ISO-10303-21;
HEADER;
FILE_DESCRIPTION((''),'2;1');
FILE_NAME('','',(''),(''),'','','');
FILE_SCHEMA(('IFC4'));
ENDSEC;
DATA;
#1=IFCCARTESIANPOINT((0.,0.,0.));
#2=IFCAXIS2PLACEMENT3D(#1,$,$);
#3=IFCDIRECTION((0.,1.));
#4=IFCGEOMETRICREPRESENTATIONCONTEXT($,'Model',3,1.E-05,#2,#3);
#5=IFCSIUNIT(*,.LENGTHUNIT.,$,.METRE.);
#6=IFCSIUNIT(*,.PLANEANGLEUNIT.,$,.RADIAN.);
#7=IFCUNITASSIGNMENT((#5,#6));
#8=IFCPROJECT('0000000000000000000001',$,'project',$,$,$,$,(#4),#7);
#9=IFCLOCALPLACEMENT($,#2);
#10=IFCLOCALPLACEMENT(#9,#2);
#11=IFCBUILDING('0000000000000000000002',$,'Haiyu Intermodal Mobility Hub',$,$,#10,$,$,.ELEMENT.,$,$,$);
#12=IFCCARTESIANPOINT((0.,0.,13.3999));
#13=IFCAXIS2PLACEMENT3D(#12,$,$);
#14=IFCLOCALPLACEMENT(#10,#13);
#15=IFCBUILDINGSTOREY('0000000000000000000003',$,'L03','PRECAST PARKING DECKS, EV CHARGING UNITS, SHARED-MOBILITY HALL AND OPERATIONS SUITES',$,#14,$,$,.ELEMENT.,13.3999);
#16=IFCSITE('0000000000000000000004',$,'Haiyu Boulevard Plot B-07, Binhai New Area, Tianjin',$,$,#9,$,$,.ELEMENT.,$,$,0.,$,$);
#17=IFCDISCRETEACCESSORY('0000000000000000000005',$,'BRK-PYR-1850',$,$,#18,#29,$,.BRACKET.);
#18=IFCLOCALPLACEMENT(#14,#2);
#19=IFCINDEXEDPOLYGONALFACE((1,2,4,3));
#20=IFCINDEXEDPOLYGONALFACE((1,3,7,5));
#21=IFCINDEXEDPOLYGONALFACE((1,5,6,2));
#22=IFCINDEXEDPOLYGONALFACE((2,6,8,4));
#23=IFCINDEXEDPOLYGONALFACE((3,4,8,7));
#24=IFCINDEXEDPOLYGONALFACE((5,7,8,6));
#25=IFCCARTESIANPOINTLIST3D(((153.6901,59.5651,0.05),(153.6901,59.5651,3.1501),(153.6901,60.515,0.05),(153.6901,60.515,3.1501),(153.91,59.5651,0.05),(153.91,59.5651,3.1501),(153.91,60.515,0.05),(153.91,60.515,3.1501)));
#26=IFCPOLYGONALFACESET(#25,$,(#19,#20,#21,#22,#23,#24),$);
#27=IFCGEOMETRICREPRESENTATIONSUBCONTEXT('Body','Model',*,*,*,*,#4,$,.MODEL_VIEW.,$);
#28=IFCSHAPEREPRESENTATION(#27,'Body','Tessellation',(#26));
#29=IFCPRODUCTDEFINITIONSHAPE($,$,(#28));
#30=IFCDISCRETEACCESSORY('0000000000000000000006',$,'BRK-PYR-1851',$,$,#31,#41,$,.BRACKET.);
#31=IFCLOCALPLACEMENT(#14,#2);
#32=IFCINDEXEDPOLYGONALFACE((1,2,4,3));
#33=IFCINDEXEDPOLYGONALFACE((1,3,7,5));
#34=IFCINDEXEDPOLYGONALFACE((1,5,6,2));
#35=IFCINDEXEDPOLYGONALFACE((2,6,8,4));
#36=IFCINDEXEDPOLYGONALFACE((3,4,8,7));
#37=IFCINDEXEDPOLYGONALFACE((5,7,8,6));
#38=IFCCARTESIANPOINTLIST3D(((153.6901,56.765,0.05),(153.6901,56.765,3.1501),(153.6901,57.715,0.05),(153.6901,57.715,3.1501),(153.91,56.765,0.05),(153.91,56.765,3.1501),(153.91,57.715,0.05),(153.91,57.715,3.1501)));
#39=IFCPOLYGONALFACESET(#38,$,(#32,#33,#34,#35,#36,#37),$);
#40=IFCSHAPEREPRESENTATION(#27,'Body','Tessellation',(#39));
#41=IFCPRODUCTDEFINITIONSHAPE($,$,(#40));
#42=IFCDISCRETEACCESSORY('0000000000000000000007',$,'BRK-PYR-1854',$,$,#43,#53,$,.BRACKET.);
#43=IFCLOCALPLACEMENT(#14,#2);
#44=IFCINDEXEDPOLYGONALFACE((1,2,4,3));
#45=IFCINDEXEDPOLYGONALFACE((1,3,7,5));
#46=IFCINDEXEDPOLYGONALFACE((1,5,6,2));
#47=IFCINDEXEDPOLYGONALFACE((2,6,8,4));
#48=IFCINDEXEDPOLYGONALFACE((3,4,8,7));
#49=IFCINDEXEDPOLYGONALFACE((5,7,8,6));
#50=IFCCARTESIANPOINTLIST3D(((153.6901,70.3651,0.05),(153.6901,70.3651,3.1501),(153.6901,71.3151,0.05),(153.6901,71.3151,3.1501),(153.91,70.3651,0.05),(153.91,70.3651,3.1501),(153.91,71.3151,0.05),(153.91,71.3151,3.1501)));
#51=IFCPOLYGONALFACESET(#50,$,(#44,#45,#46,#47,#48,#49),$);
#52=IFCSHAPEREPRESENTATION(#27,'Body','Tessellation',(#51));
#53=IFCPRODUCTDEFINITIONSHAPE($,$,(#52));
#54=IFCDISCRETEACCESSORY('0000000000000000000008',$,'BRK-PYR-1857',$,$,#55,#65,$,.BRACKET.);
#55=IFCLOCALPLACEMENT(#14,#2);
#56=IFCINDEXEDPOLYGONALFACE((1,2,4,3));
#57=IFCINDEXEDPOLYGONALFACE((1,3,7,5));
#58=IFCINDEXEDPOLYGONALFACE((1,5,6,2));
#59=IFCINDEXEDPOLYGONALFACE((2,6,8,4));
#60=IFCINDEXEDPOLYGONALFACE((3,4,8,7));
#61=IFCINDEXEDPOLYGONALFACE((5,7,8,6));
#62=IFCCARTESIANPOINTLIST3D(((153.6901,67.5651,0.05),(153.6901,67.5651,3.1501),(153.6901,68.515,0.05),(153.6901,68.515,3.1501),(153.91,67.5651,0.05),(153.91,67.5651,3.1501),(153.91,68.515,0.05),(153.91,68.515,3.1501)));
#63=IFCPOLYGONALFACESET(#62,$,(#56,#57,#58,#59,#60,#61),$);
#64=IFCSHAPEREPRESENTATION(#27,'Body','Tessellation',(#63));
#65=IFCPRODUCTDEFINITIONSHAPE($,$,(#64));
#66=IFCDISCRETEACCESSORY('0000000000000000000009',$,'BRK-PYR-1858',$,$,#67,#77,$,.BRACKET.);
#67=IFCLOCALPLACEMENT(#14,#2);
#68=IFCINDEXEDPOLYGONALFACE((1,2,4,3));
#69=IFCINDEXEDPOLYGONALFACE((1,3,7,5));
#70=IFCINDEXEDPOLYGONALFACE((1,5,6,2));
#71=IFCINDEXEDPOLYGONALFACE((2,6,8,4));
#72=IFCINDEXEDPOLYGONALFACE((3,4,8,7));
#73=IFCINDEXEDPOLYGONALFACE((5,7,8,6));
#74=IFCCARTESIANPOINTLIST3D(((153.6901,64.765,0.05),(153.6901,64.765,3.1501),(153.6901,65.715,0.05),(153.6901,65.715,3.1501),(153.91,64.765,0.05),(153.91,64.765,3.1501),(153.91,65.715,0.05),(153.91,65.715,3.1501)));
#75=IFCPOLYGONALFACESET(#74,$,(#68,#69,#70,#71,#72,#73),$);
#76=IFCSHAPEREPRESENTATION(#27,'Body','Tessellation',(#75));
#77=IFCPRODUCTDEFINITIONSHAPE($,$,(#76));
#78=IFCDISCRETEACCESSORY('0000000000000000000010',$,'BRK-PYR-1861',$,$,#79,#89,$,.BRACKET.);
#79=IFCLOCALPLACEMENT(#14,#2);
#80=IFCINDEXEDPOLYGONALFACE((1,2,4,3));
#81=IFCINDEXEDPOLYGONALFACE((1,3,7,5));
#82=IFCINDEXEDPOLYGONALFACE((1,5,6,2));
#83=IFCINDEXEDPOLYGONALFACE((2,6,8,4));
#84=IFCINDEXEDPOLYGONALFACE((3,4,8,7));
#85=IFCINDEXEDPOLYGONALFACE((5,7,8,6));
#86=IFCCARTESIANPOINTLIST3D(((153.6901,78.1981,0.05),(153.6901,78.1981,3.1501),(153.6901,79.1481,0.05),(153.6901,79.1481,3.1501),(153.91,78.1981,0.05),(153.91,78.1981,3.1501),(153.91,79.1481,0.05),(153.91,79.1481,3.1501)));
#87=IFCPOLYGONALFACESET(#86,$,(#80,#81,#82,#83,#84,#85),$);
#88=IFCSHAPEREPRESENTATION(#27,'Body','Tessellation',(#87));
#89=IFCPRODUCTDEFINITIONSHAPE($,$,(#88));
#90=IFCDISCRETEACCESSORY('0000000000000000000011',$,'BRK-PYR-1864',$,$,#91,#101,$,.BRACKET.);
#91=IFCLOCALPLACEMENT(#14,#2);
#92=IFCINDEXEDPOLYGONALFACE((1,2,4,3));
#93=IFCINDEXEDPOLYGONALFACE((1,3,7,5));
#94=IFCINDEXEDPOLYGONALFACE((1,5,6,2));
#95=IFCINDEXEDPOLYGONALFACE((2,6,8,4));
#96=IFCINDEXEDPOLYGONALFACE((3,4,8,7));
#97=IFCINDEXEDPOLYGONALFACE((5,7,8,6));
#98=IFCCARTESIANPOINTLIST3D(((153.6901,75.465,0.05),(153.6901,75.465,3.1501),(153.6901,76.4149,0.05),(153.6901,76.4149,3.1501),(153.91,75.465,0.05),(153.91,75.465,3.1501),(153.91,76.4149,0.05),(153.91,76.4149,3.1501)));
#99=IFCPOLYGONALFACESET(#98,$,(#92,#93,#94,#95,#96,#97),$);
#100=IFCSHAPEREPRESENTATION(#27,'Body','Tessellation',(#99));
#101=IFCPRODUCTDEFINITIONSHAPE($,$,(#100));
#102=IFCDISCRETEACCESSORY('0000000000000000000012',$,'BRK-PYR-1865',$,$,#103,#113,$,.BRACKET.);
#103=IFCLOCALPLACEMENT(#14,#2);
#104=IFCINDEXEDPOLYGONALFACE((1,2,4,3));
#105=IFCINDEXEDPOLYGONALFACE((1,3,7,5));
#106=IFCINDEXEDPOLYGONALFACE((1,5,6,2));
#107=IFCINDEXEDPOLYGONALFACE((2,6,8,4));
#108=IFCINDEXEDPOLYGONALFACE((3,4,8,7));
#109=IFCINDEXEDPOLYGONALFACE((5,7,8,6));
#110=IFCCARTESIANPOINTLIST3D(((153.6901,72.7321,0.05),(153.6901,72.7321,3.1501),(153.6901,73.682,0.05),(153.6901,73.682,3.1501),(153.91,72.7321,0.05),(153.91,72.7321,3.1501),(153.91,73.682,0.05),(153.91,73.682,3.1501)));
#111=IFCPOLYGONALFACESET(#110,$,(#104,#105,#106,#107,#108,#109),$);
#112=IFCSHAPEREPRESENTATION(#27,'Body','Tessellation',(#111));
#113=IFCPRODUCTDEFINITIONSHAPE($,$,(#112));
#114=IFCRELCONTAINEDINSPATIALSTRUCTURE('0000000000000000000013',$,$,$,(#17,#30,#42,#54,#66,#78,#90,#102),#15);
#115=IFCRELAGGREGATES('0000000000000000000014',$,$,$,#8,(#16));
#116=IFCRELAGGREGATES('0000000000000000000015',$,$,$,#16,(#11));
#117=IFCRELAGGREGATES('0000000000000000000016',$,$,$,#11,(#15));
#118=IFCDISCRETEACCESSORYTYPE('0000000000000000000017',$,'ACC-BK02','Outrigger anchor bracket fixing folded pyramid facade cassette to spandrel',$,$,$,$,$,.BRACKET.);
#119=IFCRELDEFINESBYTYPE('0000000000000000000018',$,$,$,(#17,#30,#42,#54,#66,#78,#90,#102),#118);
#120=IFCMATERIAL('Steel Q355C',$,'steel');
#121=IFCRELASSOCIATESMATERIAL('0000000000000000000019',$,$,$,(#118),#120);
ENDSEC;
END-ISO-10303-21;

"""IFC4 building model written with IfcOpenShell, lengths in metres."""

from ifc_helpers import new_model, si_unit, direction, frame, origin, origin_2d, place, context, subcontext, project, spatial, rectangle, extrude, material, type_object, element, save


model = new_model("IFC4")

# Units and contexts
model_context = context("Model", 3, precision=1e-05, world=origin(), true_north=direction((0.0, 1.0)))
body_context = subcontext(model_context, "Body", "Model", "MODEL_VIEW")
ifc_project = project(units=[si_unit("LENGTHUNIT", "METRE"), si_unit("PLANEANGLEUNIT", "RADIAN")], contexts=[model_context])

# Site, building, storey
site_placement = place(None, origin())
site = spatial("IfcSite", under=ifc_project, at=site_placement, Name="Haiyu Boulevard Plot B-07, Binhai New Area, Tianjin", CompositionType="ELEMENT", RefElevation=0.0)
building_placement = place(site_placement, origin())
building = spatial("IfcBuilding", under=site, at=building_placement, Name="Haiyu Intermodal Mobility Hub", CompositionType="ELEMENT")
storey_placement = place(building_placement, frame((0.0, 0.0, 13.3999)))
storey = spatial("IfcBuildingStorey", under=building, at=storey_placement, Name="L03", Description="PRECAST PARKING DECKS, EV CHARGING UNITS, SHARED-MOBILITY HALL AND OPERATIONS SUITES", CompositionType="ELEMENT", Elevation=13.3999)

# Discrete accessories
ifc_material_1 = material(Name="Steel Q355C", Category="steel")
discrete_accessory_type = type_object("IfcDiscreteAccessoryType", Name="ACC-BK02", Description="Outrigger anchor bracket fixing folded pyramid facade cassette to spandrel", PredefinedType="BRACKET", material=ifc_material_1)
for number, where, z_axis, x_axis, name in (
    (1, (153.8, 60.04, 0.05), (0.0, 0.0, 1.0), (1.0, 0.0, 0.0), "BRK-PYR-1850"),
    (2, (153.8, 57.24, 0.05), (0.0, 0.0, 1.0), (1.0, 0.0, 0.0), "BRK-PYR-1851"),
    (3, (153.8, 70.8401, 0.05), (0.0, 0.0, 1.0), (1.0, 0.0, 0.0), "BRK-PYR-1854"),
    (4, (153.8, 68.04, 0.05), (0.0, 0.0, 1.0), (1.0, 0.0, 0.0), "BRK-PYR-1857"),
    (5, (153.8, 65.24, 0.05), (0.0, 0.0, 1.0), (1.0, 0.0, 0.0), "BRK-PYR-1858"),
    (6, (153.8, 78.6731, 0.05), (0.0, 0.0, 1.0), (1.0, 0.0, 0.0), "BRK-PYR-1861"),
    (7, (153.8, 75.9399, 0.05), (0.0, 0.0, 1.0), (1.0, 0.0, 0.0), "BRK-PYR-1864"),
    (8, (153.8, 73.207, 0.05), (0.0, 0.0, 1.0), (1.0, 0.0, 0.0), "BRK-PYR-1865"),
):
    element("IfcDiscreteAccessory", number, at=place(storey_placement, frame(where, z_axis=z_axis, x_axis=x_axis)), inside=storey, type_object=discrete_accessory_type, Name=name, PredefinedType="BRACKET", context=body_context, shape_type="SweptSolid", body=[
        extrude(rectangle(XDim=0.22, YDim=0.95, at=origin_2d()), origin(), (0.0, 0.0, 1.0), 3.1001),
    ])

save(model, "model.ifc")
